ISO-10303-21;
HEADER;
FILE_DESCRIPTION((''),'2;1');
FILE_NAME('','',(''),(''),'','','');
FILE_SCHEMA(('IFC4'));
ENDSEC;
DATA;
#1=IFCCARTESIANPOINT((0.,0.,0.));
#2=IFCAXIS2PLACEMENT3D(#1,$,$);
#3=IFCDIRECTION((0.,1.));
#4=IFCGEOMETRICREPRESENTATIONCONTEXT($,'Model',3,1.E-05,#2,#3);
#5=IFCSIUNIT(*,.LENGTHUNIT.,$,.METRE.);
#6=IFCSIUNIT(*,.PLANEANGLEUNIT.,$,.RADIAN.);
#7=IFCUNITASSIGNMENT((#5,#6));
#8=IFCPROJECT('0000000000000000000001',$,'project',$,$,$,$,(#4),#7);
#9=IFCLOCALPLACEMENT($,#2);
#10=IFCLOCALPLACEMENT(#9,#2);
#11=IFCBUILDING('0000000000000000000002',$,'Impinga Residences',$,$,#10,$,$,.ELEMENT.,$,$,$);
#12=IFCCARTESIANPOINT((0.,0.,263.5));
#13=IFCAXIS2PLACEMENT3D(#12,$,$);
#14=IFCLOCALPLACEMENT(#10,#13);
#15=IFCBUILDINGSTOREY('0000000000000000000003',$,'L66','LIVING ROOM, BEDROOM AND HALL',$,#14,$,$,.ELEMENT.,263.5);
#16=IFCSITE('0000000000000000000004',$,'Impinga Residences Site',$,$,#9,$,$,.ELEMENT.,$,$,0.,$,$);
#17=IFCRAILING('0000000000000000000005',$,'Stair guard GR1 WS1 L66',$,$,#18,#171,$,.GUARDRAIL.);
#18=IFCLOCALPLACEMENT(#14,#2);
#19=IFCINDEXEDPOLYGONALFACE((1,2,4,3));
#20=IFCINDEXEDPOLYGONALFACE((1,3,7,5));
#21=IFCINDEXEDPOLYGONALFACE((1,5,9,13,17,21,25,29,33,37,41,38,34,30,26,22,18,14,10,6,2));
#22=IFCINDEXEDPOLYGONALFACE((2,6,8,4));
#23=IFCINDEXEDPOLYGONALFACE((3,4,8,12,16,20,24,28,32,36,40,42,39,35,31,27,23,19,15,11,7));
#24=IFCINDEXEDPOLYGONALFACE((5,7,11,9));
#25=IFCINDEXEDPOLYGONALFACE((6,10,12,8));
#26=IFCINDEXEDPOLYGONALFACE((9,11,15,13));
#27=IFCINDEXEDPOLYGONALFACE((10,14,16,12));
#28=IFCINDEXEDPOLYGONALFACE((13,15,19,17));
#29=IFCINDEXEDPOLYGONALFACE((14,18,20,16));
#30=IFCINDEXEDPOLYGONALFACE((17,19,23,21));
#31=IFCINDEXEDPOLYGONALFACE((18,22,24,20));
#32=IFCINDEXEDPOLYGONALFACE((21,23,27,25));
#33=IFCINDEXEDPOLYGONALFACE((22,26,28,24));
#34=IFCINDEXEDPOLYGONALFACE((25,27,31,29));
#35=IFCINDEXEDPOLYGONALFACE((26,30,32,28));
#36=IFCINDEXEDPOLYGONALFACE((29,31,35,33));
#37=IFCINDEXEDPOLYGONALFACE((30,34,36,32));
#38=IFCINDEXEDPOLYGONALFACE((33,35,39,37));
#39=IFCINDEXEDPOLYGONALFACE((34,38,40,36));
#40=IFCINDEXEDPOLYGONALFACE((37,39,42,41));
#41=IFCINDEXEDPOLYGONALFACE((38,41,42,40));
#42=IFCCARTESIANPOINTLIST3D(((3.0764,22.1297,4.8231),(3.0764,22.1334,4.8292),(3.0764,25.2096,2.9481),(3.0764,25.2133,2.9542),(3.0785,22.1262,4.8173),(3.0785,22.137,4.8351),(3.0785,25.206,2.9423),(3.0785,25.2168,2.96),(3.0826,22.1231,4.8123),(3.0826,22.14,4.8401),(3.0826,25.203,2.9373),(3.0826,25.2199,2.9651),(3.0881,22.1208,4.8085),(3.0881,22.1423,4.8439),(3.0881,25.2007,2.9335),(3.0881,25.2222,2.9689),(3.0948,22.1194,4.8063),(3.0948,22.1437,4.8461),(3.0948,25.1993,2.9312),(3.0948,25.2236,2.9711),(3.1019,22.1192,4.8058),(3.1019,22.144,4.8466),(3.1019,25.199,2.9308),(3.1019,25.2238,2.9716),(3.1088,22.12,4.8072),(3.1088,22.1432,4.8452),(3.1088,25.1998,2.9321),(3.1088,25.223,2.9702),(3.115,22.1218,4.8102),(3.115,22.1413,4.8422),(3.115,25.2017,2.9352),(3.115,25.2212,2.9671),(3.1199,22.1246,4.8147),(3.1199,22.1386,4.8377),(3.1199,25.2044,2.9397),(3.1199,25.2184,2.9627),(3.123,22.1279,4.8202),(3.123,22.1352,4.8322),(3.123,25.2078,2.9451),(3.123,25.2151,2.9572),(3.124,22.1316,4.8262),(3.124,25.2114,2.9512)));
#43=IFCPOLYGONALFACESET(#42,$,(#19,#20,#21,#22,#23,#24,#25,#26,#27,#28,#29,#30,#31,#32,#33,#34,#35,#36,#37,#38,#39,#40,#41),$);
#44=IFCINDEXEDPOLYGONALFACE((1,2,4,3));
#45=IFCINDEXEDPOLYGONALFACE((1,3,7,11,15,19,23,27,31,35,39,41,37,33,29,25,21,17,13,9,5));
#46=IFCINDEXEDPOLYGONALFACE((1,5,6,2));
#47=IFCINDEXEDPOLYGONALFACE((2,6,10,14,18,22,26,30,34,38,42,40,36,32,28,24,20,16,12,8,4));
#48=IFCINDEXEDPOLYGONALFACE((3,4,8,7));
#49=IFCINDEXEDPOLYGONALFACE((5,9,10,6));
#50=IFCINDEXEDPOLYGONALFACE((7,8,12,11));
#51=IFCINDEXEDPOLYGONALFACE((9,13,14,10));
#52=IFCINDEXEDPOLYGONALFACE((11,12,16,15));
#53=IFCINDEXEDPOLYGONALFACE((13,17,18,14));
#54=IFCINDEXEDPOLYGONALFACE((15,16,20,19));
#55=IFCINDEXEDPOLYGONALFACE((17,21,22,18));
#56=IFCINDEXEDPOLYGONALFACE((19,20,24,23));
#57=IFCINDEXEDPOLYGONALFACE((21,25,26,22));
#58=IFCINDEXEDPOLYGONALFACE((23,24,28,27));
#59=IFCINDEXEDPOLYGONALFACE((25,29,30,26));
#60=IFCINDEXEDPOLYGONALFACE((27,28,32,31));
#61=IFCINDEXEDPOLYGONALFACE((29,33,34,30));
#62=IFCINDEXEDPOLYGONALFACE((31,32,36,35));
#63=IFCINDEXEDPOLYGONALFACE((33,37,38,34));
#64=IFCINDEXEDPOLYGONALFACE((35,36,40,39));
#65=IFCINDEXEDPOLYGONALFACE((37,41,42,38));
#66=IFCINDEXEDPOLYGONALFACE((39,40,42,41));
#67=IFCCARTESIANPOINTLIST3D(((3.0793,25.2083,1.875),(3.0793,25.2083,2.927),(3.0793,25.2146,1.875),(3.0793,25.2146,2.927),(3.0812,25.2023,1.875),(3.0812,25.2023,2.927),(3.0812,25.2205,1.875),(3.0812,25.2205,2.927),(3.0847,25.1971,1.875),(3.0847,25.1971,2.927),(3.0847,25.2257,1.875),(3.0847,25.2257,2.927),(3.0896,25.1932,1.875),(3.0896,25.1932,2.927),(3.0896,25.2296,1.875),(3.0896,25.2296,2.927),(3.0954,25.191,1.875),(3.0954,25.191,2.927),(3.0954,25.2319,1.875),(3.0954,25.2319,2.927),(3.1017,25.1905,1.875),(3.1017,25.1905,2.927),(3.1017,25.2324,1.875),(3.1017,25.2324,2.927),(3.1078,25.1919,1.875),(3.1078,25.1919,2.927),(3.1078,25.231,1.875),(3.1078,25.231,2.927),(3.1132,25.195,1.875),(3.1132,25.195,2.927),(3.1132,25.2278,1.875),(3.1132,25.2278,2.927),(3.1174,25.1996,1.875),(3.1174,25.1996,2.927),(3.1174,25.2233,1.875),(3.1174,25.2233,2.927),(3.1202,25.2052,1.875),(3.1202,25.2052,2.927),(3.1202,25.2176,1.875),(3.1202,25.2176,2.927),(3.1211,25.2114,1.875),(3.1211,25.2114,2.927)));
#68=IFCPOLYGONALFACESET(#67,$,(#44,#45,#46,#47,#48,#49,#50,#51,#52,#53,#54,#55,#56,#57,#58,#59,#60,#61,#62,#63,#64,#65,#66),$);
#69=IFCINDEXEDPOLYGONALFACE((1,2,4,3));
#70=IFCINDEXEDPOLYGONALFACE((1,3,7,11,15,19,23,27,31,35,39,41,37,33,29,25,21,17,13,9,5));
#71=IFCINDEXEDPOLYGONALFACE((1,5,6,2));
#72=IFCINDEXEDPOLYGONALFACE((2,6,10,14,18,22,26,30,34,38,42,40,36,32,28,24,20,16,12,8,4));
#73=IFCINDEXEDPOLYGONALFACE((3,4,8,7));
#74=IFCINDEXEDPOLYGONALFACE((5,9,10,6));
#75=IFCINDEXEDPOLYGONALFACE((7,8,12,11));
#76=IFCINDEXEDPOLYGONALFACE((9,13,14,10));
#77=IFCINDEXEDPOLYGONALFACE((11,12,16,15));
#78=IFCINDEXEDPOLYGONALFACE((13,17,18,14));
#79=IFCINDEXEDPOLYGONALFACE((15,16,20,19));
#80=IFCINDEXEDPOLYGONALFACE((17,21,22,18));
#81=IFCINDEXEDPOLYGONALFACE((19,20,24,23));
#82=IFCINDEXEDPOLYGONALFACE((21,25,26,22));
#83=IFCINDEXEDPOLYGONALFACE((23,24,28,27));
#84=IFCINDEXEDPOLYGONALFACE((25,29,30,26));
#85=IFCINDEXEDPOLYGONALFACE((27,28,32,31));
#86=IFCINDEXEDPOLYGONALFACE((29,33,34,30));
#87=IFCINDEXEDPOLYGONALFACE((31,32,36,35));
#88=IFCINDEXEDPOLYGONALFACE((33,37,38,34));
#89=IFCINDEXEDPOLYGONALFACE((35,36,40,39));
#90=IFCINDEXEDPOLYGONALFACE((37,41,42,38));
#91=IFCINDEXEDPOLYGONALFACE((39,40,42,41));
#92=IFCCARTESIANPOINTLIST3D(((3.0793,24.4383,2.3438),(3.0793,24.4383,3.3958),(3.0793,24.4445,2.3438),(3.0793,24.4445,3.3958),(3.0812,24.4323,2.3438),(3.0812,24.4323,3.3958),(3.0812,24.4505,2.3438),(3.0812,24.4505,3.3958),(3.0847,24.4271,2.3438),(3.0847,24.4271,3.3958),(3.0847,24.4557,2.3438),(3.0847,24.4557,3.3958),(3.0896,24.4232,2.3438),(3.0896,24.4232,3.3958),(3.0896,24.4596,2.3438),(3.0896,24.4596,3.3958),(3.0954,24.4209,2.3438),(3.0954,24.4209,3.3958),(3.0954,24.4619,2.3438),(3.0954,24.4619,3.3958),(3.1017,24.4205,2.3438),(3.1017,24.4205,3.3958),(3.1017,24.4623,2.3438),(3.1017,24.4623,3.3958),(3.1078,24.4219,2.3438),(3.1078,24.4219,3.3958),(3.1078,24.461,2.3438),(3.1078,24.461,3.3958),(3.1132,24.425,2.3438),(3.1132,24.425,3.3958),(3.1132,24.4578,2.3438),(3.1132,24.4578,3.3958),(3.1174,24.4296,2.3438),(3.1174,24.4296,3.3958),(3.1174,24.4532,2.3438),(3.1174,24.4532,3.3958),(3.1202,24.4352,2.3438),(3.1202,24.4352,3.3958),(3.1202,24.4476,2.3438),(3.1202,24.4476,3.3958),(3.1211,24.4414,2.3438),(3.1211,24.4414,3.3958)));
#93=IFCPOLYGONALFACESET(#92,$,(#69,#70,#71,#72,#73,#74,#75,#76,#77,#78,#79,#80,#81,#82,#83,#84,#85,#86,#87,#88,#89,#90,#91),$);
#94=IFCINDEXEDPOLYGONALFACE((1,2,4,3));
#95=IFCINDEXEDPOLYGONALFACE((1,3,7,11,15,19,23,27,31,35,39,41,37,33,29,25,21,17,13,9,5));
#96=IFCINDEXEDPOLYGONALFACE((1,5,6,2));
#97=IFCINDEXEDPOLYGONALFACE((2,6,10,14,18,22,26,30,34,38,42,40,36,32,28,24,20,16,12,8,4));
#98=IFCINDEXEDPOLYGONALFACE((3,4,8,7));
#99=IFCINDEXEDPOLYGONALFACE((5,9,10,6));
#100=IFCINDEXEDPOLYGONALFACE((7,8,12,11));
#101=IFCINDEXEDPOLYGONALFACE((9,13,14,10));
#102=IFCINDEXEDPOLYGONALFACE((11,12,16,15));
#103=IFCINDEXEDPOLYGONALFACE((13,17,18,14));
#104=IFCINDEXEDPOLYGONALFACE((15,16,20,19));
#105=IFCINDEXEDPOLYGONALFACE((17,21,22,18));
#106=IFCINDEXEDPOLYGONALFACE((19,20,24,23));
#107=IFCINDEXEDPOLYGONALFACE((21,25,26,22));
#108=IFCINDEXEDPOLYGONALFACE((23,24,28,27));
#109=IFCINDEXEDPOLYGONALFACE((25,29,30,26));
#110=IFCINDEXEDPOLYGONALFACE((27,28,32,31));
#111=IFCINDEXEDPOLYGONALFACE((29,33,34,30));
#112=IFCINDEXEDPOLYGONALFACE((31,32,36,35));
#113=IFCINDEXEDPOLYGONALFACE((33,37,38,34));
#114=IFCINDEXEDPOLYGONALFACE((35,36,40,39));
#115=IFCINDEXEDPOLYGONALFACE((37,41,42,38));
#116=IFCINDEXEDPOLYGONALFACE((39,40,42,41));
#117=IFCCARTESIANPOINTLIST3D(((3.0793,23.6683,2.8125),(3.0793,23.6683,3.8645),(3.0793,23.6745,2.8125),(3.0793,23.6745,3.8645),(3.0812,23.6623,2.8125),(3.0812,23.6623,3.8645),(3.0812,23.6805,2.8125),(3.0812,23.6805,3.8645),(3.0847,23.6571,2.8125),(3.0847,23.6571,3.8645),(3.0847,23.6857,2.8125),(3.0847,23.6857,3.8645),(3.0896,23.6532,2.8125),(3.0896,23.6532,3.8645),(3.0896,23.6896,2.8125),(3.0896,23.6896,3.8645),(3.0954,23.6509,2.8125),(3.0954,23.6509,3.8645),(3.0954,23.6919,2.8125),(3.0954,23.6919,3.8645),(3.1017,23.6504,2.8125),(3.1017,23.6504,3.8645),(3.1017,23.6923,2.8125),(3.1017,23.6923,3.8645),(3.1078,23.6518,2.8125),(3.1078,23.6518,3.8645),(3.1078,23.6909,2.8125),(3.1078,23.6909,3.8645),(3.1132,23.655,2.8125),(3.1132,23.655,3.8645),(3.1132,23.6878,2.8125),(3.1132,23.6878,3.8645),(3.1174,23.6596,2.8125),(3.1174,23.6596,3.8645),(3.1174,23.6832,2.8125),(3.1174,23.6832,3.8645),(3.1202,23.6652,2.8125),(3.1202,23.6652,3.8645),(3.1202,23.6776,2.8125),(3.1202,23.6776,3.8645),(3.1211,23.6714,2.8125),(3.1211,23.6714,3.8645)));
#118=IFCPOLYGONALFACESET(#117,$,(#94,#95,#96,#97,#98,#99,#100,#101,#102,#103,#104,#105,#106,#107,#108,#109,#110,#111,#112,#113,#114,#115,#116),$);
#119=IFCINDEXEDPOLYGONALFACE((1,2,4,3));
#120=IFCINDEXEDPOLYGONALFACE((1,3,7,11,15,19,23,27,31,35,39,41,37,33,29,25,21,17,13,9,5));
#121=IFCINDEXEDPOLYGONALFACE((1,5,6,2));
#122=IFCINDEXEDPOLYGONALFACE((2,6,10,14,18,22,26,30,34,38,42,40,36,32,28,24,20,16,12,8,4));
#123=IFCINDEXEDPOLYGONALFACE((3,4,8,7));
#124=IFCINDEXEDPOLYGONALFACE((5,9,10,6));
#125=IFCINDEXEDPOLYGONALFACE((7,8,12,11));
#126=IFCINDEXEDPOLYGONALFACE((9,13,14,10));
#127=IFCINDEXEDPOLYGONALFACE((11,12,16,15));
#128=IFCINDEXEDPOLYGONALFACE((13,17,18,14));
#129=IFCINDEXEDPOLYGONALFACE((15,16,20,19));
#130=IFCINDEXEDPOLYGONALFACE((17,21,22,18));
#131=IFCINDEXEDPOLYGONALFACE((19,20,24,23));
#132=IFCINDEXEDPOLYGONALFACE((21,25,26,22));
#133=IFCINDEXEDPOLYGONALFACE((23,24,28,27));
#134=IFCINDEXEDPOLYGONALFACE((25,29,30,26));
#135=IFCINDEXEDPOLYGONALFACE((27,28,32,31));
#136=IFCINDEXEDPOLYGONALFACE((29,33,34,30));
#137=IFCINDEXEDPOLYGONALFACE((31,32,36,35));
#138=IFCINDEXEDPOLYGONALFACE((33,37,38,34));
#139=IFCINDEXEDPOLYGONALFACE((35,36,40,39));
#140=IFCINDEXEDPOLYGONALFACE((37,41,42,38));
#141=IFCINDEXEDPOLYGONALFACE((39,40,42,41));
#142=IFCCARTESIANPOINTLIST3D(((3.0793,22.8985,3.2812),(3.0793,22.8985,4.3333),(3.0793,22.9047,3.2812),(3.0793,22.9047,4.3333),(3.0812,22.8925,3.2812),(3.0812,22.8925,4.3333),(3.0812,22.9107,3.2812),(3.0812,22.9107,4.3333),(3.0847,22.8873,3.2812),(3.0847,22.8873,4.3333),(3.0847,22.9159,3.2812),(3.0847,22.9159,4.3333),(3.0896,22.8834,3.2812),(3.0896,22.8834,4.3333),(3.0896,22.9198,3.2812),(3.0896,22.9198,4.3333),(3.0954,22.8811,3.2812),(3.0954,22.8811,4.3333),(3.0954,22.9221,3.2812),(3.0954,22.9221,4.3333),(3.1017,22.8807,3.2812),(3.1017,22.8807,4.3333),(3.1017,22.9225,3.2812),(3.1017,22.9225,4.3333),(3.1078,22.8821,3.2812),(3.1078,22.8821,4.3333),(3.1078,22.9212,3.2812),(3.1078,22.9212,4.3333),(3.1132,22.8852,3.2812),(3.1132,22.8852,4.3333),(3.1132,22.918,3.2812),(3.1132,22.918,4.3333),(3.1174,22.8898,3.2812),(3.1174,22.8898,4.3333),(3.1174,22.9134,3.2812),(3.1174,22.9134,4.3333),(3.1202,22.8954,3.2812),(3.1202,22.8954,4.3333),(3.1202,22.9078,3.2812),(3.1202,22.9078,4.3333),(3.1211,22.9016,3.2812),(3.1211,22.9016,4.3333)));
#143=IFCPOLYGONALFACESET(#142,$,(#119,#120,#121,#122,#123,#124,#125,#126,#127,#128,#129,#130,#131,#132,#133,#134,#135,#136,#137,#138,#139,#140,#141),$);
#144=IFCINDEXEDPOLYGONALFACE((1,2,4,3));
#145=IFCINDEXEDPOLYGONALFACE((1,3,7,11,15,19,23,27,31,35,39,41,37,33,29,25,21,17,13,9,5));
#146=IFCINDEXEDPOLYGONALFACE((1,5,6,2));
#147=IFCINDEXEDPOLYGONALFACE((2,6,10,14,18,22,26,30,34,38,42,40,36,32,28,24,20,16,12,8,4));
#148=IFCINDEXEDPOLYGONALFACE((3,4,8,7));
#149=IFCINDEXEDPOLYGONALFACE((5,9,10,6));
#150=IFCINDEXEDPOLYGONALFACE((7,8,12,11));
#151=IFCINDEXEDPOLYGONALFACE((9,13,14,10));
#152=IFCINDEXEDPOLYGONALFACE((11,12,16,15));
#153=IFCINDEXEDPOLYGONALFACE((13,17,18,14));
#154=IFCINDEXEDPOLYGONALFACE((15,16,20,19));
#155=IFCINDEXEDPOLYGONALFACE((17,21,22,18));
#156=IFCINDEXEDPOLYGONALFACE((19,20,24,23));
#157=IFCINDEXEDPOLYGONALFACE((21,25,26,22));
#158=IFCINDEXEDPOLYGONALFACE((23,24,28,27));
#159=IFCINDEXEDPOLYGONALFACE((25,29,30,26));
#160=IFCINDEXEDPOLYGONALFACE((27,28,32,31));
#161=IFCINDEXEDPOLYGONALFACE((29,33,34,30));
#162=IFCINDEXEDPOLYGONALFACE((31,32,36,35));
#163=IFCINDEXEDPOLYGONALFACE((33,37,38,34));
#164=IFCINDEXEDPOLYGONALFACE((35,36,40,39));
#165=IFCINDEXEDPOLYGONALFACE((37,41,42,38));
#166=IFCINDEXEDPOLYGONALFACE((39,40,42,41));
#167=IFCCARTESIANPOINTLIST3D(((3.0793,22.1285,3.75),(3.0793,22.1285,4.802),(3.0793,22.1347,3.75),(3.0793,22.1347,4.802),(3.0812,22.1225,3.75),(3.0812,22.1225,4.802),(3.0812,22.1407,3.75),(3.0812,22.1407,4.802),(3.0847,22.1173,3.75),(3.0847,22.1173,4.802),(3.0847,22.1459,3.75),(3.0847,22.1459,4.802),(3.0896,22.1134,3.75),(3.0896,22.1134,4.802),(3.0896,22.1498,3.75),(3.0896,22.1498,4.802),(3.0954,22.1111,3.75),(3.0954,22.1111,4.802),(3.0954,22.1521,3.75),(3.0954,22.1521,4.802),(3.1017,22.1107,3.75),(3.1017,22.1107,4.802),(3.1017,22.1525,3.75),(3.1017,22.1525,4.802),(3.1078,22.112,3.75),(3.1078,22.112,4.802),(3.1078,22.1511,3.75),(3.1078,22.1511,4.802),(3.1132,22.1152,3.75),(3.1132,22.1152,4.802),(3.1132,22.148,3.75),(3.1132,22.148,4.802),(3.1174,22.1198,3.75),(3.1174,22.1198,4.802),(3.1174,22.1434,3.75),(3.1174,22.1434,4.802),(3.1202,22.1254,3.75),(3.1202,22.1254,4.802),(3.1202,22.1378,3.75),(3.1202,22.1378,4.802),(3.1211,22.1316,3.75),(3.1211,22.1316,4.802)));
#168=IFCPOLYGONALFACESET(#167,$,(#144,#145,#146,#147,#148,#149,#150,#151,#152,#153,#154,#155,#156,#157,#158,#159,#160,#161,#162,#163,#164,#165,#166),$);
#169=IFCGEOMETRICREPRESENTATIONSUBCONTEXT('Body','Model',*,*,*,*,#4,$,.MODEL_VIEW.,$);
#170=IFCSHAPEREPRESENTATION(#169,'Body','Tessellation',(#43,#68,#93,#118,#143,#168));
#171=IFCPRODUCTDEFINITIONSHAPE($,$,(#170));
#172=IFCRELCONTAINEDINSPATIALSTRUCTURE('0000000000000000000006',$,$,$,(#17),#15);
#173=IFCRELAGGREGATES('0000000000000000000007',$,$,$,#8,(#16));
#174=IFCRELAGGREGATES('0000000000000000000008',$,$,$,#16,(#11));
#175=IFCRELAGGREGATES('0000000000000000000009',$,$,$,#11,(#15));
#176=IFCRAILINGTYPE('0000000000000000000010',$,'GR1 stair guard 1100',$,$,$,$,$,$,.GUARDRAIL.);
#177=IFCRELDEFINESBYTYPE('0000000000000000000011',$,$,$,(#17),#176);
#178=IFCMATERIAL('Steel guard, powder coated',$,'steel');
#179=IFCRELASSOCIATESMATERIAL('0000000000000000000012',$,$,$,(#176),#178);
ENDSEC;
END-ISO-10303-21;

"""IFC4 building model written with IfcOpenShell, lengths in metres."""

from ifc_helpers import new_model, si_unit, direction, frame, origin, origin_2d, place, context, subcontext, project, spatial, circle, extrude, material, type_object, element, save


model = new_model("IFC4")

# Units and contexts
model_context = context("Model", 3, precision=1e-05, world=origin(), true_north=direction((0.0, 1.0)))
body_context = subcontext(model_context, "Body", "Model", "MODEL_VIEW")
ifc_project = project(units=[si_unit("LENGTHUNIT", "METRE"), si_unit("PLANEANGLEUNIT", "RADIAN")], contexts=[model_context])

# Site, building, storey
site_placement = place(None, origin())
site = spatial("IfcSite", under=ifc_project, at=site_placement, Name="Impinga Residences Site", CompositionType="ELEMENT", RefElevation=0.0)
building_placement = place(site_placement, origin())
building = spatial("IfcBuilding", under=site, at=building_placement, Name="Impinga Residences", CompositionType="ELEMENT")
storey_placement = place(building_placement, frame((0.0, 0.0, 263.5)))
storey = spatial("IfcBuildingStorey", under=building, at=storey_placement, Name="L66", Description="LIVING ROOM, BEDROOM AND HALL", CompositionType="ELEMENT", Elevation=263.5)

# Railing
ifc_material_1 = material(Name="Steel guard, powder coated", Category="steel")
railing_type_1 = type_object("IfcRailingType", Name="GR1 stair guard 1100", PredefinedType="GUARDRAIL", material=ifc_material_1)
railing_1_placement = place(storey_placement, frame((3.1001, 25.2114, 1.875)))
element("IfcRailing", 1, at=railing_1_placement, inside=storey, type_object=railing_type_1, Name="Stair guard GR1 WS1 L66", PredefinedType="GUARDRAIL", context=body_context, shape_type="SweptSolid", body=[
    extrude(circle(Radius=0.0239, at=origin_2d()), frame((0.0, 0.0, 1.0762), z_axis=(0.0, -0.854159, 0.520011), x_axis=(1.0, 0.0, 0.0)), (0.0, 0.0, 1.0), 3.6057),
    extrude(circle(Radius=0.021, at=origin_2d()), origin(), (0.0, 0.0, 1.0), 1.052),
    extrude(circle(Radius=0.021, at=origin_2d()), frame((0.0, -0.77, 0.4688)), (0.0, 0.0, 1.0), 1.052),
    extrude(circle(Radius=0.021, at=origin_2d()), frame((0.0, -1.54, 0.9375)), (0.0, 0.0, 1.0), 1.052),
    extrude(circle(Radius=0.021, at=origin_2d()), frame((0.0, -2.3098, 1.4062)), (0.0, 0.0, 1.0), 1.052),
    extrude(circle(Radius=0.021, at=origin_2d()), frame((0.0, -3.0798, 1.875)), (0.0, 0.0, 1.0), 1.052),
])

save(model, "model.ifc")
